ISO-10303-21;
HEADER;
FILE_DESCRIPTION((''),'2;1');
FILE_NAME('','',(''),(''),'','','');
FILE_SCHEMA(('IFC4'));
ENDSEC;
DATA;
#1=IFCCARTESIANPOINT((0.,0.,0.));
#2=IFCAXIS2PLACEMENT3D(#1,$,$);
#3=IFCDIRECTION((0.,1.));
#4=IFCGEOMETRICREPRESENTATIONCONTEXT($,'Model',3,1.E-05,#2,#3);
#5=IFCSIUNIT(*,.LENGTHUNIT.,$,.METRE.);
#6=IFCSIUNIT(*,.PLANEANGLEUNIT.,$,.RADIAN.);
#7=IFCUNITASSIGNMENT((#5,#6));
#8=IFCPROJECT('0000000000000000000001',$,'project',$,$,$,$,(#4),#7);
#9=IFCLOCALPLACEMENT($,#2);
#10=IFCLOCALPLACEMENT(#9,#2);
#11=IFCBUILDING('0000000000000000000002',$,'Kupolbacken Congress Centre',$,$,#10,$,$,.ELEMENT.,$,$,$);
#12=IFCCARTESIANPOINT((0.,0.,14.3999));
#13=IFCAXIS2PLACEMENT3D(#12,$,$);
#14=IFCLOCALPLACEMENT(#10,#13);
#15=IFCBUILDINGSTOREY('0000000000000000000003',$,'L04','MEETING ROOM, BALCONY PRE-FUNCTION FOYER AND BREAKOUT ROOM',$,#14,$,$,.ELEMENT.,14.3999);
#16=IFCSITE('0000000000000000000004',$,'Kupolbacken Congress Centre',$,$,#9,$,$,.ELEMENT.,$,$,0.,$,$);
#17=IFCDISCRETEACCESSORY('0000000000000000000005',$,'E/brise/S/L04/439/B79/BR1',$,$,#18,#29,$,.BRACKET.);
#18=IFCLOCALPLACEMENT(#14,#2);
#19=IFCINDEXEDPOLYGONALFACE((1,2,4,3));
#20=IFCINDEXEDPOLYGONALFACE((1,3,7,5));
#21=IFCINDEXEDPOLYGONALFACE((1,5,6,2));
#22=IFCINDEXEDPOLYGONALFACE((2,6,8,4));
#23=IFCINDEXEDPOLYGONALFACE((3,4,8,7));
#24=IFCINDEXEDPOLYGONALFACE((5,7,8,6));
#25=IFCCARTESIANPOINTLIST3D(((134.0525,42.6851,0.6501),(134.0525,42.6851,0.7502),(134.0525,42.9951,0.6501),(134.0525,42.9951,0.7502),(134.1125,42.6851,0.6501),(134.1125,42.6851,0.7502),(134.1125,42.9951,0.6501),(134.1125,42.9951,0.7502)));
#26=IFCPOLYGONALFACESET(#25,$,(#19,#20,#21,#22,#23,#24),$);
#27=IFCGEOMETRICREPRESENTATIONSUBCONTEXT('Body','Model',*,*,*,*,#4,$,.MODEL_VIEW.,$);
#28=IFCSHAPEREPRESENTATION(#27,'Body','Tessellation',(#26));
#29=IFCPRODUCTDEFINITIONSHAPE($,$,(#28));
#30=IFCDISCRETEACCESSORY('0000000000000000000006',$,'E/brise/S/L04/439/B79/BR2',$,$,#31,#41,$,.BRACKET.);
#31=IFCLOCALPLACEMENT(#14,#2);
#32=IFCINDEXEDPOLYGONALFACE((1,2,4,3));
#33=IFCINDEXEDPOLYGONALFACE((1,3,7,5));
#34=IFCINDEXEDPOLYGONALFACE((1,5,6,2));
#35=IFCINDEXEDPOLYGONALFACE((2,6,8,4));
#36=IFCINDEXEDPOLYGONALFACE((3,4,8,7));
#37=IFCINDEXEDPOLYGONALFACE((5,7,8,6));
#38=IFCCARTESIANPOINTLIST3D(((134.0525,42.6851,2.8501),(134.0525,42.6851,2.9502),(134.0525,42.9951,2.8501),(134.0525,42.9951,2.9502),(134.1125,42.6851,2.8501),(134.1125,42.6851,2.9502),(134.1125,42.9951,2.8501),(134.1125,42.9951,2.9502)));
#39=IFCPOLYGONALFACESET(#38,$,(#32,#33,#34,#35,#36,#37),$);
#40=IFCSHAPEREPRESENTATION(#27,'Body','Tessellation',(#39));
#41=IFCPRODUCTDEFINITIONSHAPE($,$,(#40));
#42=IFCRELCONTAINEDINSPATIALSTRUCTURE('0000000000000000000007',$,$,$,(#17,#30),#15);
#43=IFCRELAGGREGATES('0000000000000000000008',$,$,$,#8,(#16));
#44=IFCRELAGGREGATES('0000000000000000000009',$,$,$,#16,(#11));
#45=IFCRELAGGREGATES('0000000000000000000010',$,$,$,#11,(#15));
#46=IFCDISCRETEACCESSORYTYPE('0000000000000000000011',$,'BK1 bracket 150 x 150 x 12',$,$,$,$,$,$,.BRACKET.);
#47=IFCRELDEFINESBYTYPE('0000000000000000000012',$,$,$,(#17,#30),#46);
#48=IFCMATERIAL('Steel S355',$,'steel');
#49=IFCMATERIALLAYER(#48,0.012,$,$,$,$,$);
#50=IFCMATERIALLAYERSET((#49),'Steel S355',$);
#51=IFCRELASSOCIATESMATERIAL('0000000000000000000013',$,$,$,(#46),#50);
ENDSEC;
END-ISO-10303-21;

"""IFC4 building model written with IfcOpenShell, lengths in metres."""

from ifc_helpers import new_model, si_unit, direction, frame, origin, origin_2d, place, context, subcontext, project, spatial, rectangle, extrude, material, layer, layer_set, type_object, element, save


model = new_model("IFC4")

# Units and contexts
model_context = context("Model", 3, precision=1e-05, world=origin(), true_north=direction((0.0, 1.0)))
body_context = subcontext(model_context, "Body", "Model", "MODEL_VIEW")
ifc_project = project(units=[si_unit("LENGTHUNIT", "METRE"), si_unit("PLANEANGLEUNIT", "RADIAN")], contexts=[model_context])

# Site, building, storey
site_placement = place(None, origin())
site = spatial("IfcSite", under=ifc_project, at=site_placement, Name="Kupolbacken Congress Centre", CompositionType="ELEMENT", RefElevation=0.0)
building_placement = place(site_placement, origin())
building = spatial("IfcBuilding", under=site, at=building_placement, Name="Kupolbacken Congress Centre", CompositionType="ELEMENT")
storey_placement = place(building_placement, frame((0.0, 0.0, 14.3999)))
storey = spatial("IfcBuildingStorey", under=building, at=storey_placement, Name="L04", Description="MEETING ROOM, BALCONY PRE-FUNCTION FOYER AND BREAKOUT ROOM", CompositionType="ELEMENT", Elevation=14.3999)

# Discrete accessories
ifc_material_1 = material(Name="Steel S355", Category="steel")
ifc_layer_1 = layer(ifc_material_1, 0.012)
ifc_layer_set_1 = layer_set([ifc_layer_1], Name="Steel S355")
discrete_accessory_type = type_object("IfcDiscreteAccessoryType", Name="BK1 bracket 150 x 150 x 12", PredefinedType="BRACKET", material=ifc_layer_set_1)
for number, where, z_axis, x_axis, name in (
    (1, (134.0825, 42.8401, 0.6501), (0.0, 0.0, 1.0), (1.0, 0.0, 0.0), "E/brise/S/L04/439/B79/BR1"),
    (2, (134.0825, 42.8401, 2.8501), (0.0, 0.0, 1.0), (1.0, 0.0, 0.0), "E/brise/S/L04/439/B79/BR2"),
):
    element("IfcDiscreteAccessory", number, at=place(storey_placement, frame(where, z_axis=z_axis, x_axis=x_axis)), inside=storey, type_object=discrete_accessory_type, Name=name, PredefinedType="BRACKET", context=body_context, shape_type="SweptSolid", body=[
        extrude(rectangle(XDim=0.0601, YDim=0.3101, at=origin_2d()), origin(), (0.0, 0.0, 1.0), 0.1001),
    ])

save(model, "model.ifc")
